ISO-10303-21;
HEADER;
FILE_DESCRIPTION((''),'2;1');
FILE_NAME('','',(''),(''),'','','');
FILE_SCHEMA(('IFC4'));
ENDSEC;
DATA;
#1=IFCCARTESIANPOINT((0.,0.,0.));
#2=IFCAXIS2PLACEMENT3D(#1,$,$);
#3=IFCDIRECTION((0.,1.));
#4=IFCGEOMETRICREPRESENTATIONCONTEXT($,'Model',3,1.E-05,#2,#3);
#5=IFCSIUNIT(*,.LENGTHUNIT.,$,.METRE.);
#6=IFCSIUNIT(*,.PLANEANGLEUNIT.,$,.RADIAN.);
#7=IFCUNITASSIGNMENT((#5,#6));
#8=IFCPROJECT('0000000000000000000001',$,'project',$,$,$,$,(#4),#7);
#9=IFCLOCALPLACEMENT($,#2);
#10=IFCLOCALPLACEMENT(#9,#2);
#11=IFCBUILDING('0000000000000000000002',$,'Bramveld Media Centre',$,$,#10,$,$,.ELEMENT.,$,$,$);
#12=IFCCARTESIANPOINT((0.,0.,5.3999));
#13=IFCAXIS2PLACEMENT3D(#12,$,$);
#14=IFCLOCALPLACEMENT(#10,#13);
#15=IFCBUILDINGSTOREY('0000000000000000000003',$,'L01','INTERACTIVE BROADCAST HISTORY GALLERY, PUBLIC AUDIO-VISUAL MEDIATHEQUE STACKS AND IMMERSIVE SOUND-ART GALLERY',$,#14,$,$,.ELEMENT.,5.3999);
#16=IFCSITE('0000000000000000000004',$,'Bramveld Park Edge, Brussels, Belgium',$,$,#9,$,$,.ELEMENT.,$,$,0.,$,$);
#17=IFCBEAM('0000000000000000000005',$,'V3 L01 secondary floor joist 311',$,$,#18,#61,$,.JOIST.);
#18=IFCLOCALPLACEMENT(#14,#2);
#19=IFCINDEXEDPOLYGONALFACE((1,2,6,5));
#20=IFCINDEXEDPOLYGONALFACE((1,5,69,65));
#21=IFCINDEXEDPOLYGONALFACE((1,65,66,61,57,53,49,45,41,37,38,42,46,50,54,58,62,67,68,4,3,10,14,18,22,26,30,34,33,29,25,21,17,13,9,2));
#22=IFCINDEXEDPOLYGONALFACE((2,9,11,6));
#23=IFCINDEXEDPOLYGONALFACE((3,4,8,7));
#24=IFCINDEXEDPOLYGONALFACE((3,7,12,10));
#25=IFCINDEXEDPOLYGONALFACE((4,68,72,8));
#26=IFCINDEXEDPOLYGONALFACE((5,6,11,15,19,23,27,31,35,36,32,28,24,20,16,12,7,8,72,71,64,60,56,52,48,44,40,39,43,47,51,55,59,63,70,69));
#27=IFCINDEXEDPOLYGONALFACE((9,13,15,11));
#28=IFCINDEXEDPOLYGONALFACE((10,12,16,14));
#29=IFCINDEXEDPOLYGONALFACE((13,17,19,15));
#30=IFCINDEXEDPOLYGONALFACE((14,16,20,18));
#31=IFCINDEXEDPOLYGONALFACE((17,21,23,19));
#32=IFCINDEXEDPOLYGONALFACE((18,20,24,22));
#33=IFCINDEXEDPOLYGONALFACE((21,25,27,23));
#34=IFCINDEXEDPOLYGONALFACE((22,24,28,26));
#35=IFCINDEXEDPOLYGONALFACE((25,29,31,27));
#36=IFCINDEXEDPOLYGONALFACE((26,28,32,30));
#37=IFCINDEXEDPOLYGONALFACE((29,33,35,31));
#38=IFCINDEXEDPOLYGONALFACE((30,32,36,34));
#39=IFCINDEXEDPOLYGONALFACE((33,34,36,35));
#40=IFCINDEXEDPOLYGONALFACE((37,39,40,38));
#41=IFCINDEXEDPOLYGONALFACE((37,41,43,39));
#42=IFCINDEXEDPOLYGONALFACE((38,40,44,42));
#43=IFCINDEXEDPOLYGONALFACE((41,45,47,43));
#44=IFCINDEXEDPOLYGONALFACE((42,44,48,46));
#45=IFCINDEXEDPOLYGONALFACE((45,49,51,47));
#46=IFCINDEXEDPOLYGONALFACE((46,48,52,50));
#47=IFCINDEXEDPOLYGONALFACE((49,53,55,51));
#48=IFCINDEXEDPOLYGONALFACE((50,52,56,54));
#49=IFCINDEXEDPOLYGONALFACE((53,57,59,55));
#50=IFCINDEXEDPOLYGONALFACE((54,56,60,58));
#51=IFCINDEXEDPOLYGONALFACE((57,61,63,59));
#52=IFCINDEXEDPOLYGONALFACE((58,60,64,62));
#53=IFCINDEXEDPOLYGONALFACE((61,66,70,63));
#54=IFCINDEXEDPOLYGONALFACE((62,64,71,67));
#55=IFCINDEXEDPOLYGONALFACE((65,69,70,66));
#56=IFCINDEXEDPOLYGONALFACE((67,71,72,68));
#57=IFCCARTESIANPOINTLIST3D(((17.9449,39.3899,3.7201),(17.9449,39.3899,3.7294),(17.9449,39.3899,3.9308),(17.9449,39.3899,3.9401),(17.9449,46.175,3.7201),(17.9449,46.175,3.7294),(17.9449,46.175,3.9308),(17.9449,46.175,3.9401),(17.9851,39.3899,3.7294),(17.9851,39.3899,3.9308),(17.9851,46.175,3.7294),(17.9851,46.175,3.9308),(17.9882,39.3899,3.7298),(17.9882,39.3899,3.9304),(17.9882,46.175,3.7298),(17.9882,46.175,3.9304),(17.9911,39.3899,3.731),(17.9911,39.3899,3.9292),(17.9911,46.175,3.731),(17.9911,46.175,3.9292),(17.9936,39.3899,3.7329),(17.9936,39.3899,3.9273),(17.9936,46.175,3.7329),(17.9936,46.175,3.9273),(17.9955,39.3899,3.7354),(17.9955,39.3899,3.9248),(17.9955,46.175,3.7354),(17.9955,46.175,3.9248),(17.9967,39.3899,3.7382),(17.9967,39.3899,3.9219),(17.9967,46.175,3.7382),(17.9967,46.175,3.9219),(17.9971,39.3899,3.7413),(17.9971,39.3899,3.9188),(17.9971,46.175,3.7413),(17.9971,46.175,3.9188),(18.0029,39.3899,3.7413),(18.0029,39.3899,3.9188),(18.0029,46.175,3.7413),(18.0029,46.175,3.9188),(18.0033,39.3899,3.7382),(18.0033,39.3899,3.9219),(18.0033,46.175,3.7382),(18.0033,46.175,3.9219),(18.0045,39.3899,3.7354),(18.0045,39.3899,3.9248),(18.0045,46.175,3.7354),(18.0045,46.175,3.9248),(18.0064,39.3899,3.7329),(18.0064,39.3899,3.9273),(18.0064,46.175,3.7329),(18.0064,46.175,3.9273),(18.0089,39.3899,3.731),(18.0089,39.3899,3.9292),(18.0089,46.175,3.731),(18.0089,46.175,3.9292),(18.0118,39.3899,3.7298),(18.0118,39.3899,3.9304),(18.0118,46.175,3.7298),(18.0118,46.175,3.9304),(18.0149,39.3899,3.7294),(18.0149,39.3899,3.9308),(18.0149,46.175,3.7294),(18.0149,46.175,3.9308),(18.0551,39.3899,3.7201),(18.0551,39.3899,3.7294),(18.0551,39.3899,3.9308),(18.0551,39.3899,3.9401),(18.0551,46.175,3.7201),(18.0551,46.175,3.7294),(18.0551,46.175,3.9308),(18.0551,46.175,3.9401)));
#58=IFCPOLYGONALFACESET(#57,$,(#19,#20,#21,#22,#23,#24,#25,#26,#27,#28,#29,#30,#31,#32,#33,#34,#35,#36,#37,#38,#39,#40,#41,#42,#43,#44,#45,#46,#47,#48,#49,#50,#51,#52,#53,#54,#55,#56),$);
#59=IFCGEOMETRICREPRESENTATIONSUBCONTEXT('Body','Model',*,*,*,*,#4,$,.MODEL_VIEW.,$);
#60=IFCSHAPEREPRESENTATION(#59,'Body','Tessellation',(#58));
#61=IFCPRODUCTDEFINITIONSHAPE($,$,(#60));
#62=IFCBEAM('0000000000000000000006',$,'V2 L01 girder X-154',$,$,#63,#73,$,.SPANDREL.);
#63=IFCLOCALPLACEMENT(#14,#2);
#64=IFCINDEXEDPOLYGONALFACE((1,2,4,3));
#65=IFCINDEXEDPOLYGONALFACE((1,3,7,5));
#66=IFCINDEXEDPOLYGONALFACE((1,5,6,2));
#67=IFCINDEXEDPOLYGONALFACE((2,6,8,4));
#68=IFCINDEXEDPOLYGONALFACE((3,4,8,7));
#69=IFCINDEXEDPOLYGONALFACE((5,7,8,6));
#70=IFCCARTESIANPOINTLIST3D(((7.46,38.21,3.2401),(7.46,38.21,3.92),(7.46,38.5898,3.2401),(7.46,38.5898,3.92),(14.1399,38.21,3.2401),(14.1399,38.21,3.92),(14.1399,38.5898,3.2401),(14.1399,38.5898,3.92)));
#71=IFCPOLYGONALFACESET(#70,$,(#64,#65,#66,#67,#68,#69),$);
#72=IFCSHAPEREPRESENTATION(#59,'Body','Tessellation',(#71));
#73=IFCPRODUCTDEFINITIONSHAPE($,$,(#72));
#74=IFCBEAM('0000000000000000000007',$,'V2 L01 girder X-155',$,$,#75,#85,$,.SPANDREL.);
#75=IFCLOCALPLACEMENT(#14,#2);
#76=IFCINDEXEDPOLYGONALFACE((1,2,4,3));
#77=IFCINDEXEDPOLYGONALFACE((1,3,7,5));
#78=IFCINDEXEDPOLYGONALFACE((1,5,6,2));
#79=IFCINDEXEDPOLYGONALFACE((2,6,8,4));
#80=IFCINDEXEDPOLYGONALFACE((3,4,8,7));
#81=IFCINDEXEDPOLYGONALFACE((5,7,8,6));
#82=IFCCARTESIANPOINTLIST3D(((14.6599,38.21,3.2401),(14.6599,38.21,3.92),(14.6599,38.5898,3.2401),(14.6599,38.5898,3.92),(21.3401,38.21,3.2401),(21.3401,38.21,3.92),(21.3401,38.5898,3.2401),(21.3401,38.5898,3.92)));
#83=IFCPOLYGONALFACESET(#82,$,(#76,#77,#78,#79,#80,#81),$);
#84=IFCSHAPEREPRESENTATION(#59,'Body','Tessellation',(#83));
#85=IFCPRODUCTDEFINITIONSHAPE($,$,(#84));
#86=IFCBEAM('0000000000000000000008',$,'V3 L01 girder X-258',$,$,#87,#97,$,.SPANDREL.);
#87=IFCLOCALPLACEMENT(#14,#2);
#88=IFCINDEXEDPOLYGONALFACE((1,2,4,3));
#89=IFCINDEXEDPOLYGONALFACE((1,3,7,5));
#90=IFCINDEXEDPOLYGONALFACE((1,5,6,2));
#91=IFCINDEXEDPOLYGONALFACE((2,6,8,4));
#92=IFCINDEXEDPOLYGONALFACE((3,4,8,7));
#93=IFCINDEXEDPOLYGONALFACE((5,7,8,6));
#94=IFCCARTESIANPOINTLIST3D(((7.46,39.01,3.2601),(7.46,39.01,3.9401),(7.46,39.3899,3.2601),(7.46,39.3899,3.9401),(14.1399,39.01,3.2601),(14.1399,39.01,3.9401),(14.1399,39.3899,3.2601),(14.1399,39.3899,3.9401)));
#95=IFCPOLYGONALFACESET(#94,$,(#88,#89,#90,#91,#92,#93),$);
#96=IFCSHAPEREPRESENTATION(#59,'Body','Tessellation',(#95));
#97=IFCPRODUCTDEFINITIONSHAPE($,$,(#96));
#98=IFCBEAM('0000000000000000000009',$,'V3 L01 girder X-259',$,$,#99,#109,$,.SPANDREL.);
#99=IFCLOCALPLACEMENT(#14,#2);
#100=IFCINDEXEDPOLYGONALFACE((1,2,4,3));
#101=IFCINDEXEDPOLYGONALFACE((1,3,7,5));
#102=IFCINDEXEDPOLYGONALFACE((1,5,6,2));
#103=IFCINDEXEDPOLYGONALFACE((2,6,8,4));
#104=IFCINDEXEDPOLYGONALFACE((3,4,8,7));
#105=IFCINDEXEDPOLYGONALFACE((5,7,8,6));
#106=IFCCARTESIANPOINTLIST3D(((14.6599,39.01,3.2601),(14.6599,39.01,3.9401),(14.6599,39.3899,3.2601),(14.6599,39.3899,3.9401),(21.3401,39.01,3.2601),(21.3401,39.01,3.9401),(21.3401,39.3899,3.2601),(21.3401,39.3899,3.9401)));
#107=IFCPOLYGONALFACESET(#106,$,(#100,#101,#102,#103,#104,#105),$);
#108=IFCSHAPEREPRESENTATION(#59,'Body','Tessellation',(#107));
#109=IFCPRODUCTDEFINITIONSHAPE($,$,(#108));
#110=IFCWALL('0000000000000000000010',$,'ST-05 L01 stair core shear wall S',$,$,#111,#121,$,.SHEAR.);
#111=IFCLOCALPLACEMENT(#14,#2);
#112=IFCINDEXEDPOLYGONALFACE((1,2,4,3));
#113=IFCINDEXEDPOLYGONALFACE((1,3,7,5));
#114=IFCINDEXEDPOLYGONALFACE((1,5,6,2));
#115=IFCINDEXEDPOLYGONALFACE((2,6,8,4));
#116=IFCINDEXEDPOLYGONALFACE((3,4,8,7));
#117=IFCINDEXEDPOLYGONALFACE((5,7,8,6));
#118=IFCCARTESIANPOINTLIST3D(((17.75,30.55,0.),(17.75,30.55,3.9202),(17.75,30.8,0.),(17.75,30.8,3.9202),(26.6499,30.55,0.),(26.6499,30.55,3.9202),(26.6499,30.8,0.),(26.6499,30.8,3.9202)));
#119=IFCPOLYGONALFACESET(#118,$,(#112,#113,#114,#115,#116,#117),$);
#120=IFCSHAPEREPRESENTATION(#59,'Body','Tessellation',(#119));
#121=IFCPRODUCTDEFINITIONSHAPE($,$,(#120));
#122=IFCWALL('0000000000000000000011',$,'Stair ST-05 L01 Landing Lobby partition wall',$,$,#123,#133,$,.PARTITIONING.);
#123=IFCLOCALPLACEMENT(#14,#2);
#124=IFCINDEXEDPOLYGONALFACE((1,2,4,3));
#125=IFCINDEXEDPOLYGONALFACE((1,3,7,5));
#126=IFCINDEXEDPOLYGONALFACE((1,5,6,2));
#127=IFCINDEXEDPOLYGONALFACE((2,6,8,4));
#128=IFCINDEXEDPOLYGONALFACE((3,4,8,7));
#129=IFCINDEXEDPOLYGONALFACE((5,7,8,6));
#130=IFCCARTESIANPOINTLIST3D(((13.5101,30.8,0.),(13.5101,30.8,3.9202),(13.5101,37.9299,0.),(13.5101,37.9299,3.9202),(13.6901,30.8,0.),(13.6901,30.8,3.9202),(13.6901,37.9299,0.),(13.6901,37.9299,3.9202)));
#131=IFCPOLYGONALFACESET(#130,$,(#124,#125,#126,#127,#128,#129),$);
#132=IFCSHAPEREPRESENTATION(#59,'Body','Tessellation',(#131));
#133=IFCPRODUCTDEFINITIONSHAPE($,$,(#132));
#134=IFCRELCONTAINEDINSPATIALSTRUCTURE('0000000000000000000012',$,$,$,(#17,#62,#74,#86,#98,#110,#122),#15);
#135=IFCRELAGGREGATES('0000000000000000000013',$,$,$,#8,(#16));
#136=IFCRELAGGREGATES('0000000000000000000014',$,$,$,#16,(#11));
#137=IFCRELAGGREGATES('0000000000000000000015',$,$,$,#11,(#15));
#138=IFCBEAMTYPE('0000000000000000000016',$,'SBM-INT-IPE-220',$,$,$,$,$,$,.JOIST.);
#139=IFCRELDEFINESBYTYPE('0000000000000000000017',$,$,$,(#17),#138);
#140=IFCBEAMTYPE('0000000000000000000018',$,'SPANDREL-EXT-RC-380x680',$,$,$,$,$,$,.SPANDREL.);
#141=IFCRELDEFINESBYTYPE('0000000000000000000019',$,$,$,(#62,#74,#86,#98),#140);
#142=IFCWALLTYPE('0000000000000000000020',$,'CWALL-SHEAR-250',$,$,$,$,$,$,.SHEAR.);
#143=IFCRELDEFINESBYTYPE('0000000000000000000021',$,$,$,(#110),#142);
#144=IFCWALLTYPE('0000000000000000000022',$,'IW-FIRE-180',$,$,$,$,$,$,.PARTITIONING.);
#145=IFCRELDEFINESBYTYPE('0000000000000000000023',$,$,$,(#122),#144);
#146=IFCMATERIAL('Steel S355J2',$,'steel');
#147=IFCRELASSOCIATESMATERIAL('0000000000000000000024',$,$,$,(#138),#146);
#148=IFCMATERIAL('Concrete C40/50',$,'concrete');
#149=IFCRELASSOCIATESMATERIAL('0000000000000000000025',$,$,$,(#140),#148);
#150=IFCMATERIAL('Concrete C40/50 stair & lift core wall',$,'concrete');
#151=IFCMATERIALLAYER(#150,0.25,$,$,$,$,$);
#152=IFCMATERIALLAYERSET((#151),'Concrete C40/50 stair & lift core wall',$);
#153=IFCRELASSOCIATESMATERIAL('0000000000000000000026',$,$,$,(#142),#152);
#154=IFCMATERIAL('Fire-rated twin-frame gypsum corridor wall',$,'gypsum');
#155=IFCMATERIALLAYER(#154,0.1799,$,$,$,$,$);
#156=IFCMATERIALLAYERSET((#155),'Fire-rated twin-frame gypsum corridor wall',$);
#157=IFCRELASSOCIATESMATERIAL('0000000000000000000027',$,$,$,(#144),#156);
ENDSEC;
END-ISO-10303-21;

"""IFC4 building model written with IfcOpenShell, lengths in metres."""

from ifc_helpers import new_model, si_unit, direction, frame, frame_2d, origin, origin_2d, place, context, subcontext, project, spatial, rectangle, i_section, extrude, material, layer, layer_set, material_profile, profile_set, type_object, element, save


model = new_model("IFC4")

# Units and contexts
model_context = context("Model", 3, precision=1e-05, world=origin(), true_north=direction((0.0, 1.0)))
body_context = subcontext(model_context, "Body", "Model", "MODEL_VIEW")
ifc_project = project(units=[si_unit("LENGTHUNIT", "METRE"), si_unit("PLANEANGLEUNIT", "RADIAN")], contexts=[model_context])

# Site, building, storey
site_placement = place(None, origin())
site = spatial("IfcSite", under=ifc_project, at=site_placement, Name="Bramveld Park Edge, Brussels, Belgium", CompositionType="ELEMENT", RefElevation=0.0)
building_placement = place(site_placement, origin())
building = spatial("IfcBuilding", under=site, at=building_placement, Name="Bramveld Media Centre", CompositionType="ELEMENT")
storey_placement = place(building_placement, frame((0.0, 0.0, 5.3999)))
storey = spatial("IfcBuildingStorey", under=building, at=storey_placement, Name="L01", Description="INTERACTIVE BROADCAST HISTORY GALLERY, PUBLIC AUDIO-VISUAL MEDIATHEQUE STACKS AND IMMERSIVE SOUND-ART GALLERY", CompositionType="ELEMENT", Elevation=5.3999)

# Beams
ifc_material_1 = material(Name="Steel S355J2", Category="steel")
ifc_material_profile_1 = material_profile(ifc_material_1, i_section(OverallWidth=0.1101, OverallDepth=0.22, WebThickness=0.0059, FlangeThickness=0.0093, FilletRadius=0.012, at=origin_2d()), Name="IPE 220")
ifc_profile_set_1 = profile_set([ifc_material_profile_1], Name="Steel S355J2")
beam_type_1 = type_object("IfcBeamType", Name="SBM-INT-IPE-220", PredefinedType="JOIST", material=ifc_profile_set_1)
beam_1_placement = place(storey_placement, frame((18.0, 39.3899, 3.8301), z_axis=(0.0, 1.0, 0.0), x_axis=(-1.0, 0.0, 0.0)))
element("IfcBeam", 1, at=beam_1_placement, inside=storey, type_object=beam_type_1, Name="V3 L01 secondary floor joist 311", PredefinedType="JOIST", context=body_context, shape_type="SweptSolid", body=[
    extrude(i_section(OverallWidth=0.1101, OverallDepth=0.22, WebThickness=0.0059, FlangeThickness=0.0093, FilletRadius=0.012, at=origin_2d()), origin(), (0.0, 0.0, 1.0), 6.7852),
])
ifc_material_2 = material(Name="Concrete C40/50", Category="concrete")
ifc_material_profile_2 = material_profile(ifc_material_2, rectangle(XDim=0.3799, YDim=0.6799, at=origin_2d()), Name="RC 380x680")
ifc_profile_set_2 = profile_set([ifc_material_profile_2], Name="Concrete C40/50")
beam_type_2 = type_object("IfcBeamType", Name="SPANDREL-EXT-RC-380x680", PredefinedType="SPANDREL", material=ifc_profile_set_2)
beam_2_placement = place(storey_placement, frame((7.46, 38.3999, 3.5801), z_axis=(1.0, 0.0, 0.0), x_axis=(0.0, 1.0, 0.0)))
element("IfcBeam", 2, at=beam_2_placement, inside=storey, type_object=beam_type_2, Name="V2 L01 girder X-154", PredefinedType="SPANDREL", context=body_context, shape_type="SweptSolid", body=[
    extrude(rectangle(XDim=0.3799, YDim=0.6799, at=origin_2d()), origin(), (0.0, 0.0, 1.0), 6.6799),
])
beam_3_placement = place(storey_placement, frame((14.6599, 38.3999, 3.5801), z_axis=(1.0, 0.0, 0.0), x_axis=(0.0, 1.0, 0.0)))
element("IfcBeam", 3, at=beam_3_placement, inside=storey, type_object=beam_type_2, Name="V2 L01 girder X-155", PredefinedType="SPANDREL", context=body_context, shape_type="SweptSolid", body=[
    extrude(rectangle(XDim=0.3799, YDim=0.6799, at=origin_2d()), origin(), (0.0, 0.0, 1.0), 6.6802),
])
beam_4_placement = place(storey_placement, frame((7.46, 39.2, 3.6001), z_axis=(1.0, 0.0, 0.0), x_axis=(0.0, 1.0, 0.0)))
element("IfcBeam", 4, at=beam_4_placement, inside=storey, type_object=beam_type_2, Name="V3 L01 girder X-258", PredefinedType="SPANDREL", context=body_context, shape_type="SweptSolid", body=[
    extrude(rectangle(XDim=0.3799, YDim=0.6799, at=origin_2d()), origin(), (0.0, 0.0, 1.0), 6.6799),
])
beam_5_placement = place(storey_placement, frame((14.6599, 39.2, 3.6001), z_axis=(1.0, 0.0, 0.0), x_axis=(0.0, 1.0, 0.0)))
element("IfcBeam", 5, at=beam_5_placement, inside=storey, type_object=beam_type_2, Name="V3 L01 girder X-259", PredefinedType="SPANDREL", context=body_context, shape_type="SweptSolid", body=[
    extrude(rectangle(XDim=0.3799, YDim=0.6799, at=origin_2d()), origin(), (0.0, 0.0, 1.0), 6.6802),
])

# Wall
ifc_material_3 = material(Name="Concrete C40/50 stair & lift core wall", Category="concrete")
ifc_layer_1 = layer(ifc_material_3, 0.25)
ifc_layer_set_1 = layer_set([ifc_layer_1], Name="Concrete C40/50 stair & lift core wall")
wall_type_1 = type_object("IfcWallType", Name="CWALL-SHEAR-250", PredefinedType="SHEAR", material=ifc_layer_set_1)
wall_1_placement = place(storey_placement, frame((17.75, 30.675, 0.0), z_axis=(0.0, 0.0, 1.0), x_axis=(1.0, 0.0, 0.0)))
element("IfcWall", 6, at=wall_1_placement, inside=storey, type_object=wall_type_1, Name="ST-05 L01 stair core shear wall S", PredefinedType="SHEAR", context=body_context, shape_type="SweptSolid", body=[
    extrude(rectangle(XDim=8.8999, YDim=0.25, at=frame_2d((4.45, 0.0))), origin(), (0.0, 0.0, 1.0), 3.9202),
])

# Wall
ifc_material_4 = material(Name="Fire-rated twin-frame gypsum corridor wall", Category="gypsum")
ifc_layer_2 = layer(ifc_material_4, 0.1799)
ifc_layer_set_2 = layer_set([ifc_layer_2], Name="Fire-rated twin-frame gypsum corridor wall")
wall_type_2 = type_object("IfcWallType", Name="IW-FIRE-180", PredefinedType="PARTITIONING", material=ifc_layer_set_2)
wall_2_placement = place(storey_placement, frame((13.6001, 30.8, 0.0), z_axis=(0.0, 0.0, 1.0), x_axis=(0.0, 1.0, 0.0)))
element("IfcWall", 7, at=wall_2_placement, inside=storey, type_object=wall_type_2, Name="Stair ST-05 L01 Landing Lobby partition wall", PredefinedType="PARTITIONING", context=body_context, shape_type="SweptSolid", body=[
    extrude(rectangle(XDim=7.1299, YDim=0.1799, at=frame_2d((3.5649, 0.0))), origin(), (0.0, 0.0, 1.0), 3.9202),
])

save(model, "model.ifc")
